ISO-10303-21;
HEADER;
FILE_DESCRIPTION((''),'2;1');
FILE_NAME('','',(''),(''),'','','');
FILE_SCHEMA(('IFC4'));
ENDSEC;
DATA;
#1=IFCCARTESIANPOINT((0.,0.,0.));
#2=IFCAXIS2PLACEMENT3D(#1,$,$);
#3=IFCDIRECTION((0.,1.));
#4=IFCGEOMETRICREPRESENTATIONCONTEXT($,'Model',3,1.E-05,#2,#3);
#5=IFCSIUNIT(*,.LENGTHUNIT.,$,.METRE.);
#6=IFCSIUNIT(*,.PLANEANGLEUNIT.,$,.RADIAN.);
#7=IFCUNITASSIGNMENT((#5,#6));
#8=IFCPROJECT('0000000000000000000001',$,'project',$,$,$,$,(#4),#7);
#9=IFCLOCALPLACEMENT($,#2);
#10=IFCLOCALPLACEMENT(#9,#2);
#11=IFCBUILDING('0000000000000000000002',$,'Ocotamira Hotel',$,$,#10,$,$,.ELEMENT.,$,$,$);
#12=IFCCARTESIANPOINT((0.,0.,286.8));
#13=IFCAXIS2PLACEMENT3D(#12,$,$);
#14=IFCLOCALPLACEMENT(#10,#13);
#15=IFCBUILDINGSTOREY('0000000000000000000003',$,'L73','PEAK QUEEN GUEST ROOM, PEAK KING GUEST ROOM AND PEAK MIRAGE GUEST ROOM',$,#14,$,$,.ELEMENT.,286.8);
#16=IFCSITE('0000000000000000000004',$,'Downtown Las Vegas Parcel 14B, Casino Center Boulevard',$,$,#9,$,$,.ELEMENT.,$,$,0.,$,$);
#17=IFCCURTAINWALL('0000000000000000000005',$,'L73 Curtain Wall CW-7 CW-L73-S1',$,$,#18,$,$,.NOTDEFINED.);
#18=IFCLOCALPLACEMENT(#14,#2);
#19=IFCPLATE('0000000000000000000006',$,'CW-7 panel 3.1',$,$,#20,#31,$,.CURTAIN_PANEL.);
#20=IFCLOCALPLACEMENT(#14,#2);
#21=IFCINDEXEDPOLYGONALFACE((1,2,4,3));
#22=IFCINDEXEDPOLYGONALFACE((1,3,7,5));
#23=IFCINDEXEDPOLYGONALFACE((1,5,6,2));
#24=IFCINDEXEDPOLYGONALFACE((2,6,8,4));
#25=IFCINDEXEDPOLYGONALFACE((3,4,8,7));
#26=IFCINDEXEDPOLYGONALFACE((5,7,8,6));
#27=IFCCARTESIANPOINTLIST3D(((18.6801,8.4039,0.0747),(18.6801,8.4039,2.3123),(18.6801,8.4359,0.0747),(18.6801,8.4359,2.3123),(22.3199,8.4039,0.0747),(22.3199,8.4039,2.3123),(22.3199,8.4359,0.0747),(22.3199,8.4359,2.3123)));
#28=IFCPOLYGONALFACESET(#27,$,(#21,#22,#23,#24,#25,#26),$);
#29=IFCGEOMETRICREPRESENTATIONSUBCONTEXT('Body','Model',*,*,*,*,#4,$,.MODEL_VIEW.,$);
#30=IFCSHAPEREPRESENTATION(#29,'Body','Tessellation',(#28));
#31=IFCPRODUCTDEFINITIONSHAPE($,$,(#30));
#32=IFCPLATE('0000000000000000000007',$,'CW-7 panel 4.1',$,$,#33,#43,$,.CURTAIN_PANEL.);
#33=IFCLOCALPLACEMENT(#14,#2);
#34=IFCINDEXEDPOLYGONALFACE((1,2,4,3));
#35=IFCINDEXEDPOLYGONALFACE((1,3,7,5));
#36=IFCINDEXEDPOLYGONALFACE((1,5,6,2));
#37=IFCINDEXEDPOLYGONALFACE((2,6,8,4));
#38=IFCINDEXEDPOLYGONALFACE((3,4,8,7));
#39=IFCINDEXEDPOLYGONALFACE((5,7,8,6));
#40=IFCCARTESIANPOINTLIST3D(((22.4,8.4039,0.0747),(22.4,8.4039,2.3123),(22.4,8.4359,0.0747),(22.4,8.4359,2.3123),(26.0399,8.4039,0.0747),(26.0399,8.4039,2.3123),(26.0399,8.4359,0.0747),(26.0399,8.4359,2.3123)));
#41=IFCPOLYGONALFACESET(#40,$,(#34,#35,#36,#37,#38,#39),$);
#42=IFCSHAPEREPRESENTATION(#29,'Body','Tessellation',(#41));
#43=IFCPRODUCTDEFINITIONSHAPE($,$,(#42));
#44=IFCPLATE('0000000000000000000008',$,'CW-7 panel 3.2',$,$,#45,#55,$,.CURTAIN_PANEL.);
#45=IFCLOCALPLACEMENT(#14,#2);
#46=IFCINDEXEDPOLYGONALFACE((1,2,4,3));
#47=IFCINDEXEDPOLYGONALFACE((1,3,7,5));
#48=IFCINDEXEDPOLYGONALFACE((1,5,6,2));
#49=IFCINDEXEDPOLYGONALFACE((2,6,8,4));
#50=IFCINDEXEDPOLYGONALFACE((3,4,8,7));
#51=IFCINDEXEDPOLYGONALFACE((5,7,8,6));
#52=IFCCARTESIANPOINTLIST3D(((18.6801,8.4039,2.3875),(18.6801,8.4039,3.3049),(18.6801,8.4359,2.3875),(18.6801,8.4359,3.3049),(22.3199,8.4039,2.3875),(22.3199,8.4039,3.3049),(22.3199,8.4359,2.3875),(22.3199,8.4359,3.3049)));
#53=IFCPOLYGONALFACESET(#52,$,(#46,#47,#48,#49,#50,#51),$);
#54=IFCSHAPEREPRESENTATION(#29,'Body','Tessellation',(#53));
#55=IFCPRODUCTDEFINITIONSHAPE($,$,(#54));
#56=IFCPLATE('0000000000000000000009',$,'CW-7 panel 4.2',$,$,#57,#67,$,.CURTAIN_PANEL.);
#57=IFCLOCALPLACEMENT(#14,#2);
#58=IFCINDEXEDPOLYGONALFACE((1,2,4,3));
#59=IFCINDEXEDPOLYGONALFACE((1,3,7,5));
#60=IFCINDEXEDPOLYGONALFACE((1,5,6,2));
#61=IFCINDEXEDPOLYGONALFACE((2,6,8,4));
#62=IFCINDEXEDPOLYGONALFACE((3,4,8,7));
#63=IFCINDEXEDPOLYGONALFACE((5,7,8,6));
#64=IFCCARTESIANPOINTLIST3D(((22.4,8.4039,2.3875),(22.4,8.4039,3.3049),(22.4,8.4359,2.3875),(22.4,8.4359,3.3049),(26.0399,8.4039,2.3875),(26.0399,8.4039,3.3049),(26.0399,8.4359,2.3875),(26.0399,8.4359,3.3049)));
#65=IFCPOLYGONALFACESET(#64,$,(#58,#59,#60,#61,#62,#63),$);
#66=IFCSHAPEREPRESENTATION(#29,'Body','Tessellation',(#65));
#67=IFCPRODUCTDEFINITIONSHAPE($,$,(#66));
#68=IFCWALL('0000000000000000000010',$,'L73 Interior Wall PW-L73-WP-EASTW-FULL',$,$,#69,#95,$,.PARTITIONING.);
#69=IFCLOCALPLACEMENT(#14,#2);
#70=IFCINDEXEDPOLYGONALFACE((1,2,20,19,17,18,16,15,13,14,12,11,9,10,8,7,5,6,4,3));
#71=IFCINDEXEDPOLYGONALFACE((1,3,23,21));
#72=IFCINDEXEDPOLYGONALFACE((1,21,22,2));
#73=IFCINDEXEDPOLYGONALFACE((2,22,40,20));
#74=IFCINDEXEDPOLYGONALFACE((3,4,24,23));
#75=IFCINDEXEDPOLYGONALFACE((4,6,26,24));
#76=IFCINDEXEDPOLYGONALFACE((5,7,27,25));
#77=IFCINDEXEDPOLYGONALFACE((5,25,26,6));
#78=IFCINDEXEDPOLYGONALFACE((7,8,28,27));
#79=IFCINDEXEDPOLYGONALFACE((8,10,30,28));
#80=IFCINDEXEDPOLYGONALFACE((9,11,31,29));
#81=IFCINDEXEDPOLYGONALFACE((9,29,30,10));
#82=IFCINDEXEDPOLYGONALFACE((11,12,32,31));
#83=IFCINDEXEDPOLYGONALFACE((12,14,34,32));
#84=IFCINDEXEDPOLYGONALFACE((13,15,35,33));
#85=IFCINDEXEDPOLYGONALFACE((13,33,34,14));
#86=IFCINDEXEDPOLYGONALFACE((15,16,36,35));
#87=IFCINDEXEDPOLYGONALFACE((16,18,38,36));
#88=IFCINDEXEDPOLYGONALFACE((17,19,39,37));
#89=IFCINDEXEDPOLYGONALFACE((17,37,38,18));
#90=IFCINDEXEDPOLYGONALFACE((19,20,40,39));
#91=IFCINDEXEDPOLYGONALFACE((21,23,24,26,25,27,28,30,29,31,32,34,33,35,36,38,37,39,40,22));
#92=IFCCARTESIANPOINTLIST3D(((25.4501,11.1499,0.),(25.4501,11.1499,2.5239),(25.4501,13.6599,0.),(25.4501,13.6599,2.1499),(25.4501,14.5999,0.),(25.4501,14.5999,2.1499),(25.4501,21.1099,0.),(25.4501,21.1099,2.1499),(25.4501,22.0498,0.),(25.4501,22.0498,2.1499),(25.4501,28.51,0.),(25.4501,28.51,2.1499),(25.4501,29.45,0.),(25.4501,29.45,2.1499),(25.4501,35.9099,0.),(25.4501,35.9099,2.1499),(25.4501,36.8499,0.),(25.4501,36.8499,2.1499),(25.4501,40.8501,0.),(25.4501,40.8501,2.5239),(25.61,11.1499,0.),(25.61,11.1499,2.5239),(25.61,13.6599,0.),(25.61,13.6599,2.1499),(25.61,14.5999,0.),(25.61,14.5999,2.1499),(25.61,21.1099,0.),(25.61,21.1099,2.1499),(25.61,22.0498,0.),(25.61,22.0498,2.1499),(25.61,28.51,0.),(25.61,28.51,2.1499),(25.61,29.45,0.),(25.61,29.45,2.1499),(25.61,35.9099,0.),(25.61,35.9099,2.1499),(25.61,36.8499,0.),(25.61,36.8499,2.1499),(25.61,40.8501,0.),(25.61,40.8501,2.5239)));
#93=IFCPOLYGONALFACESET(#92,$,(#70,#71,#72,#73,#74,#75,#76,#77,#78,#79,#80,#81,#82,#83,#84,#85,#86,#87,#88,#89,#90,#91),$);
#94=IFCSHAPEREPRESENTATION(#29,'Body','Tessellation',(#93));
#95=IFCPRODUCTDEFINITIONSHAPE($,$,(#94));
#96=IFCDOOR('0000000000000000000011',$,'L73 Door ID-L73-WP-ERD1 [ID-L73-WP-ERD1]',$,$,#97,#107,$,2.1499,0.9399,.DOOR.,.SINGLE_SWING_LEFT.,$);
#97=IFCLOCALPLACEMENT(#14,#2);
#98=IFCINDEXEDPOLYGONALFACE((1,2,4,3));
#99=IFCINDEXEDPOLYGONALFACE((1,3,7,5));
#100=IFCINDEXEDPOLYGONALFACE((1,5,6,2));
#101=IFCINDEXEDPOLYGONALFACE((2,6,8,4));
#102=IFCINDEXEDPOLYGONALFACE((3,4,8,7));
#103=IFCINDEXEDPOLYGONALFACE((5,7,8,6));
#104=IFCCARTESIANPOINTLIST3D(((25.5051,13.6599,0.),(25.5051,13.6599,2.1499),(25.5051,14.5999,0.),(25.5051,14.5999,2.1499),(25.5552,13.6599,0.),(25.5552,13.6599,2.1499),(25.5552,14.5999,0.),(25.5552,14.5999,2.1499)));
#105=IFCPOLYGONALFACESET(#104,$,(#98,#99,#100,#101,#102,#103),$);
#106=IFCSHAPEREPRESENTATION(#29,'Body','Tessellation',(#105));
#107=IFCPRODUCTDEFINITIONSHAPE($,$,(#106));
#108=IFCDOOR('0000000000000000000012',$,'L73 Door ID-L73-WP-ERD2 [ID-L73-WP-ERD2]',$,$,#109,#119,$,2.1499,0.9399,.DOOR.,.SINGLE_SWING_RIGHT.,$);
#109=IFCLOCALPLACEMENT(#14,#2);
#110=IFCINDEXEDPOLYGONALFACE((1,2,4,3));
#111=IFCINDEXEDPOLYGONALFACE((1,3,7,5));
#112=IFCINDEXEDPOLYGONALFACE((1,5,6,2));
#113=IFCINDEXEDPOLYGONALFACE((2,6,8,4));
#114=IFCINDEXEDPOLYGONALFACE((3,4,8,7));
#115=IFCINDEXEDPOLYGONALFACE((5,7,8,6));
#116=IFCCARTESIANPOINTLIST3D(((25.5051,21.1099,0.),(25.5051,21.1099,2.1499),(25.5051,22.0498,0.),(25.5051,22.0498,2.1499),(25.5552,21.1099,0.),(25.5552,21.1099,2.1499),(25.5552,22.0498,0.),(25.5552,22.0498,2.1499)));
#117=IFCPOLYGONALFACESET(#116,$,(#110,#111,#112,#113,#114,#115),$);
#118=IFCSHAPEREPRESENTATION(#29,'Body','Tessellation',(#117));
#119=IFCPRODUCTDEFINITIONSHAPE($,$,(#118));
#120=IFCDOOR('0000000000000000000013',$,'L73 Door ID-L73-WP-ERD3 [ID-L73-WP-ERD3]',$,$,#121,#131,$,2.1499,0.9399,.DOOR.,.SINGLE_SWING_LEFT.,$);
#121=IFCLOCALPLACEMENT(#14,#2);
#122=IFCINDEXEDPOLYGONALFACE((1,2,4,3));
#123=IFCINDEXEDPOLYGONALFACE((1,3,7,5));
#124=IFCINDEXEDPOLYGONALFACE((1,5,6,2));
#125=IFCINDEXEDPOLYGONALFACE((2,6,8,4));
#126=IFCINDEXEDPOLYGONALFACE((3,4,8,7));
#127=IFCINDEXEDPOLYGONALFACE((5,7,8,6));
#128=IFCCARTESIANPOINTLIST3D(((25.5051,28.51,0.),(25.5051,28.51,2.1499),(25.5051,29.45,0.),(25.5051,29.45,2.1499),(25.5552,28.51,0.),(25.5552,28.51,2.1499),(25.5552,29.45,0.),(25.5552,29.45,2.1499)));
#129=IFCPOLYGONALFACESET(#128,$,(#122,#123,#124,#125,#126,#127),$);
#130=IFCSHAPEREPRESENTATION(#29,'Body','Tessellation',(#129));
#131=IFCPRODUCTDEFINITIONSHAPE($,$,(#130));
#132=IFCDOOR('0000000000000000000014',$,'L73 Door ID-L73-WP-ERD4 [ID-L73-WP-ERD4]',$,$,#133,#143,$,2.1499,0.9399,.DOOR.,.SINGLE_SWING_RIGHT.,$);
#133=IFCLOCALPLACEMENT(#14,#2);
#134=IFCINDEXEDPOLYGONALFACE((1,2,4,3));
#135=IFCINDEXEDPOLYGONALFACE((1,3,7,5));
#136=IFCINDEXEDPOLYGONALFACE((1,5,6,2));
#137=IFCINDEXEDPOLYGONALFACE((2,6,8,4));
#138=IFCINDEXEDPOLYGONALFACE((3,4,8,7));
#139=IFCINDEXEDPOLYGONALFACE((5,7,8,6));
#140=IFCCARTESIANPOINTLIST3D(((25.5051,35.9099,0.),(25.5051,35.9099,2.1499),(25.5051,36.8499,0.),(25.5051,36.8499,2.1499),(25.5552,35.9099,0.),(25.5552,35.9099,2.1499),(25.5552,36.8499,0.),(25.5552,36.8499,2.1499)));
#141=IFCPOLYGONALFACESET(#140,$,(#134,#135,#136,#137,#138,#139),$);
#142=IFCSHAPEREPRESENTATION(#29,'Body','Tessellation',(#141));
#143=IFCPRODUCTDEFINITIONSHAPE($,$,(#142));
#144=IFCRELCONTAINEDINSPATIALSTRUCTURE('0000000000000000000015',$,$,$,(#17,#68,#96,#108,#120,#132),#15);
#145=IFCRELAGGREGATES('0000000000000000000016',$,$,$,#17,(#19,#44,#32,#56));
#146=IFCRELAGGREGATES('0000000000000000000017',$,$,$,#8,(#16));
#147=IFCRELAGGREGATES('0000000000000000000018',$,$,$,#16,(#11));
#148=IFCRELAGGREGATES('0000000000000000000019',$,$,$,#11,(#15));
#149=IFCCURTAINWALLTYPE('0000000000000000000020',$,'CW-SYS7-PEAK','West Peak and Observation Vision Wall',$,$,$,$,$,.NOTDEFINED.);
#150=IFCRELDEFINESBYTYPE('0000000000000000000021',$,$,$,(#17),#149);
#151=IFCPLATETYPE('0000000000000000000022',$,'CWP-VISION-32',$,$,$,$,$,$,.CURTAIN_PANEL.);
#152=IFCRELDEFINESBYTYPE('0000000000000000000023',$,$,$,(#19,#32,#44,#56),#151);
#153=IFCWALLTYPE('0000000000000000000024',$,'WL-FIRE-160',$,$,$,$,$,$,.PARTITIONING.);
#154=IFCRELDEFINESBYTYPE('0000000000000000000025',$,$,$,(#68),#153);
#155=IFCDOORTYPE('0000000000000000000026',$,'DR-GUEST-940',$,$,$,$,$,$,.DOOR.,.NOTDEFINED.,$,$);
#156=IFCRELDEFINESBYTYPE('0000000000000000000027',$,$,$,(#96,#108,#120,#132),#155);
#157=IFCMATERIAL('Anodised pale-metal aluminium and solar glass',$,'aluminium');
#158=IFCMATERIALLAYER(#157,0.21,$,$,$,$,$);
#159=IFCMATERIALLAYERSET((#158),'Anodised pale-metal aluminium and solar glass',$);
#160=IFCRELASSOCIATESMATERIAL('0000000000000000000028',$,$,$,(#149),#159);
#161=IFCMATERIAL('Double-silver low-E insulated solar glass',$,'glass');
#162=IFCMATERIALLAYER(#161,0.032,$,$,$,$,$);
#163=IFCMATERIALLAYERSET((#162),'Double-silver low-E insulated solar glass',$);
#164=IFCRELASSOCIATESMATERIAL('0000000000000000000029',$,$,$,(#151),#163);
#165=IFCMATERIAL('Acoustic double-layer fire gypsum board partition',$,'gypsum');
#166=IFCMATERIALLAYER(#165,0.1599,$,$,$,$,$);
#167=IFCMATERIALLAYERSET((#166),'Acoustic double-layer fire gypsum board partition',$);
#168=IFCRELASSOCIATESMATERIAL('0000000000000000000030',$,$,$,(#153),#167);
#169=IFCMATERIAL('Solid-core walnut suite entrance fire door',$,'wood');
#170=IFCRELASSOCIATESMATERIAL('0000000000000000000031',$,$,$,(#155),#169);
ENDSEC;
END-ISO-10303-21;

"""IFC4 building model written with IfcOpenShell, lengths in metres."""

from ifc_helpers import new_model, si_unit, direction, frame, frame_2d, origin, origin_2d, place, context, subcontext, project, spatial, rectangle, extrude, source, transform, mapped, material, layer, layer_set, type_object, element, fill, aggregate, save


model = new_model("IFC4")

# Units and contexts
model_context = context("Model", 3, precision=1e-05, world=origin(), true_north=direction((0.0, 1.0)))
body_context = subcontext(model_context, "Body", "Model", "MODEL_VIEW")
ifc_project = project(units=[si_unit("LENGTHUNIT", "METRE"), si_unit("PLANEANGLEUNIT", "RADIAN")], contexts=[model_context])

# Site, building, storey
site_placement = place(None, origin())
site = spatial("IfcSite", under=ifc_project, at=site_placement, Name="Downtown Las Vegas Parcel 14B, Casino Center Boulevard", CompositionType="ELEMENT", RefElevation=0.0)
building_placement = place(site_placement, origin())
building = spatial("IfcBuilding", under=site, at=building_placement, Name="Ocotamira Hotel", CompositionType="ELEMENT")
storey_placement = place(building_placement, frame((0.0, 0.0, 286.8)))
storey = spatial("IfcBuildingStorey", under=building, at=storey_placement, Name="L73", Description="PEAK QUEEN GUEST ROOM, PEAK KING GUEST ROOM AND PEAK MIRAGE GUEST ROOM", CompositionType="ELEMENT", Elevation=286.8)

# Curtain wall, plates
ifc_material_1 = material(Name="Anodised pale-metal aluminium and solar glass", Category="aluminium")
ifc_layer_1 = layer(ifc_material_1, 0.21)
ifc_layer_set_1 = layer_set([ifc_layer_1], Name="Anodised pale-metal aluminium and solar glass")
curtain_wall_type = type_object("IfcCurtainWallType", Name="CW-SYS7-PEAK", Description="West Peak and Observation Vision Wall", PredefinedType="NOTDEFINED", material=ifc_layer_set_1)
curtain_wall_placement = place(storey_placement, origin())
curtain_wall = element("IfcCurtainWall", 1, at=curtain_wall_placement, inside=storey, type_object=curtain_wall_type, Name="L73 Curtain Wall CW-7 CW-L73-S1", PredefinedType="NOTDEFINED")
ifc_material_2 = material(Name="Double-silver low-E insulated solar glass", Category="glass")
ifc_layer_2 = layer(ifc_material_2, 0.032)
ifc_layer_set_2 = layer_set([ifc_layer_2], Name="Double-silver low-E insulated solar glass")
plate_type = type_object("IfcPlateType", Name="CWP-VISION-32", PredefinedType="CURTAIN_PANEL", material=ifc_layer_set_2)
shared_shape_1 = source(origin(), body_context, "Body", "SweptSolid", [
    extrude(rectangle(XDim=3.6399, YDim=0.032, at=origin_2d()), origin(), (0.0, 0.0, 1.0), 2.2375),
])
plate_1_placement = place(storey_placement, frame((20.5, 8.4199, 0.0747), z_axis=(0.0, 0.0, 1.0), x_axis=(1.0, 0.0, 0.0)))
plate_1 = element("IfcPlate", 2, at=plate_1_placement, type_object=plate_type, Name="CW-7 panel 3.1", PredefinedType="CURTAIN_PANEL", context=body_context, shape_type="MappedRepresentation", body=[
    mapped(shared_shape_1, transform((0.0, 0.0, 0.0), scale=1.0)),
])
plate_2_placement = place(storey_placement, frame((24.22, 8.4199, 0.0747), z_axis=(0.0, 0.0, 1.0), x_axis=(1.0, 0.0, 0.0)))
plate_2 = element("IfcPlate", 3, at=plate_2_placement, type_object=plate_type, Name="CW-7 panel 4.1", PredefinedType="CURTAIN_PANEL", context=body_context, shape_type="MappedRepresentation", body=[
    mapped(shared_shape_1, transform((0.0, 0.0, 0.0), scale=1.0)),
])
shared_shape_2 = source(origin(), body_context, "Body", "SweptSolid", [
    extrude(rectangle(XDim=3.6399, YDim=0.032, at=origin_2d()), origin(), (0.0, 0.0, 1.0), 0.9175),
])
plate_3_placement = place(storey_placement, frame((20.5, 8.4199, 2.3875), z_axis=(0.0, 0.0, 1.0), x_axis=(1.0, 0.0, 0.0)))
plate_3 = element("IfcPlate", 4, at=plate_3_placement, type_object=plate_type, Name="CW-7 panel 3.2", PredefinedType="CURTAIN_PANEL", context=body_context, shape_type="MappedRepresentation", body=[
    mapped(shared_shape_2, transform((0.0, 0.0, 0.0), scale=1.0)),
])
plate_4_placement = place(storey_placement, frame((24.22, 8.4199, 2.3875), z_axis=(0.0, 0.0, 1.0), x_axis=(1.0, 0.0, 0.0)))
plate_4 = element("IfcPlate", 5, at=plate_4_placement, type_object=plate_type, Name="CW-7 panel 4.2", PredefinedType="CURTAIN_PANEL", context=body_context, shape_type="MappedRepresentation", body=[
    mapped(shared_shape_2, transform((0.0, 0.0, 0.0), scale=1.0)),
])
aggregate(curtain_wall, [plate_1, plate_3, plate_2, plate_4])

# Wall, openings, doors
ifc_material_3 = material(Name="Acoustic double-layer fire gypsum board partition", Category="gypsum")
ifc_layer_3 = layer(ifc_material_3, 0.1599)
ifc_layer_set_3 = layer_set([ifc_layer_3], Name="Acoustic double-layer fire gypsum board partition")
wall_type_1 = type_object("IfcWallType", Name="WL-FIRE-160", PredefinedType="PARTITIONING", material=ifc_layer_set_3)
wall_1_placement = place(storey_placement, frame((25.53, 11.1499, 0.0), z_axis=(0.0, 0.0, 1.0), x_axis=(0.0, 1.0, 0.0)))
wall_1 = element("IfcWall", 6, at=wall_1_placement, inside=storey, type_object=wall_type_1, Name="L73 Interior Wall PW-L73-WP-EASTW-FULL", PredefinedType="PARTITIONING", context=body_context, shape_type="SweptSolid", body=[
    extrude(rectangle(XDim=29.7002, YDim=0.1599, at=frame_2d((14.8501, 0.0))), origin(), (0.0, 0.0, 1.0), 2.5239),
])
opening_1_placement = place(wall_1_placement, frame((2.51, 0.0, 0.0)))
opening_1 = element("IfcOpeningElement", 7, at=opening_1_placement, cuts=wall_1, PredefinedType="OPENING", context=body_context, shape_type="SweptSolid", body=[
    extrude(rectangle(XDim=0.9399, YDim=2.1499, at=frame_2d((0.47, 1.075))), frame((0.0, 0.0898, 0.0), z_axis=(0.0, -1.0, 0.0), x_axis=(1.0, 0.0, 0.0)), (0.0, 0.0, 1.0), 0.1799),
])
opening_2_placement = place(wall_1_placement, frame((9.96, 0.0, 0.0)))
opening_2 = element("IfcOpeningElement", 8, at=opening_2_placement, cuts=wall_1, PredefinedType="OPENING", context=body_context, shape_type="SweptSolid", body=[
    extrude(rectangle(XDim=0.9399, YDim=2.1499, at=frame_2d((0.47, 1.075))), frame((0.0, 0.0898, 0.0), z_axis=(0.0, -1.0, 0.0), x_axis=(1.0, 0.0, 0.0)), (0.0, 0.0, 1.0), 0.1799),
])
opening_3_placement = place(wall_1_placement, frame((17.3601, 0.0, 0.0)))
opening_3 = element("IfcOpeningElement", 9, at=opening_3_placement, cuts=wall_1, PredefinedType="OPENING", context=body_context, shape_type="SweptSolid", body=[
    extrude(rectangle(XDim=0.9399, YDim=2.1499, at=frame_2d((0.47, 1.075))), frame((0.0, 0.0898, 0.0), z_axis=(0.0, -1.0, 0.0), x_axis=(1.0, 0.0, 0.0)), (0.0, 0.0, 1.0), 0.1799),
])
opening_4_placement = place(wall_1_placement, frame((24.76, 0.0, 0.0)))
opening_4 = element("IfcOpeningElement", 10, at=opening_4_placement, cuts=wall_1, PredefinedType="OPENING", context=body_context, shape_type="SweptSolid", body=[
    extrude(rectangle(XDim=0.9399, YDim=2.1499, at=frame_2d((0.47, 1.075))), frame((0.0, 0.0898, 0.0), z_axis=(0.0, -1.0, 0.0), x_axis=(1.0, 0.0, 0.0)), (0.0, 0.0, 1.0), 0.1799),
])
ifc_material_4 = material(Name="Solid-core walnut suite entrance fire door", Category="wood")
door_type_1 = type_object("IfcDoorType", Name="DR-GUEST-940", OperationType="NOTDEFINED", PredefinedType="DOOR", material=ifc_material_4)
shared_shape_3 = source(origin(), body_context, "Body", "SweptSolid", [
    extrude(rectangle(XDim=0.9399, YDim=2.1499, at=frame_2d((0.47, 1.075))), frame((0.0, 0.0249, 0.0), z_axis=(0.0, -1.0, 0.0), x_axis=(1.0, 0.0, 0.0)), (0.0, 0.0, 1.0), 0.05),
])
door_1_placement = place(opening_1_placement, origin())
door_1 = element("IfcDoor", 11, at=door_1_placement, inside=storey, type_object=door_type_1, Name="L73 Door ID-L73-WP-ERD1 [ID-L73-WP-ERD1]", OperationType="SINGLE_SWING_LEFT", OverallHeight=2.1499, OverallWidth=0.9399, PredefinedType="DOOR", context=body_context, shape_type="MappedRepresentation", body=[
    mapped(shared_shape_3, transform((0.0, 0.0, 0.0), scale=1.0)),
])
fill(opening_1, door_1)
door_2_placement = place(opening_2_placement, origin())
door_2 = element("IfcDoor", 12, at=door_2_placement, inside=storey, type_object=door_type_1, Name="L73 Door ID-L73-WP-ERD2 [ID-L73-WP-ERD2]", OperationType="SINGLE_SWING_RIGHT", OverallHeight=2.1499, OverallWidth=0.9399, PredefinedType="DOOR", context=body_context, shape_type="MappedRepresentation", body=[
    mapped(shared_shape_3, transform((0.0, 0.0, 0.0), scale=1.0)),
])
fill(opening_2, door_2)
door_3_placement = place(opening_3_placement, origin())
door_3 = element("IfcDoor", 13, at=door_3_placement, inside=storey, type_object=door_type_1, Name="L73 Door ID-L73-WP-ERD3 [ID-L73-WP-ERD3]", OperationType="SINGLE_SWING_LEFT", OverallHeight=2.1499, OverallWidth=0.9399, PredefinedType="DOOR", context=body_context, shape_type="MappedRepresentation", body=[
    mapped(shared_shape_3, transform((0.0, 0.0, 0.0), scale=1.0)),
])
fill(opening_3, door_3)
door_4_placement = place(opening_4_placement, origin())
door_4 = element("IfcDoor", 14, at=door_4_placement, inside=storey, type_object=door_type_1, Name="L73 Door ID-L73-WP-ERD4 [ID-L73-WP-ERD4]", OperationType="SINGLE_SWING_RIGHT", OverallHeight=2.1499, OverallWidth=0.9399, PredefinedType="DOOR", context=body_context, shape_type="MappedRepresentation", body=[
    mapped(shared_shape_3, transform((0.0, 0.0, 0.0), scale=1.0)),
])
fill(opening_4, door_4)

save(model, "model.ifc")
